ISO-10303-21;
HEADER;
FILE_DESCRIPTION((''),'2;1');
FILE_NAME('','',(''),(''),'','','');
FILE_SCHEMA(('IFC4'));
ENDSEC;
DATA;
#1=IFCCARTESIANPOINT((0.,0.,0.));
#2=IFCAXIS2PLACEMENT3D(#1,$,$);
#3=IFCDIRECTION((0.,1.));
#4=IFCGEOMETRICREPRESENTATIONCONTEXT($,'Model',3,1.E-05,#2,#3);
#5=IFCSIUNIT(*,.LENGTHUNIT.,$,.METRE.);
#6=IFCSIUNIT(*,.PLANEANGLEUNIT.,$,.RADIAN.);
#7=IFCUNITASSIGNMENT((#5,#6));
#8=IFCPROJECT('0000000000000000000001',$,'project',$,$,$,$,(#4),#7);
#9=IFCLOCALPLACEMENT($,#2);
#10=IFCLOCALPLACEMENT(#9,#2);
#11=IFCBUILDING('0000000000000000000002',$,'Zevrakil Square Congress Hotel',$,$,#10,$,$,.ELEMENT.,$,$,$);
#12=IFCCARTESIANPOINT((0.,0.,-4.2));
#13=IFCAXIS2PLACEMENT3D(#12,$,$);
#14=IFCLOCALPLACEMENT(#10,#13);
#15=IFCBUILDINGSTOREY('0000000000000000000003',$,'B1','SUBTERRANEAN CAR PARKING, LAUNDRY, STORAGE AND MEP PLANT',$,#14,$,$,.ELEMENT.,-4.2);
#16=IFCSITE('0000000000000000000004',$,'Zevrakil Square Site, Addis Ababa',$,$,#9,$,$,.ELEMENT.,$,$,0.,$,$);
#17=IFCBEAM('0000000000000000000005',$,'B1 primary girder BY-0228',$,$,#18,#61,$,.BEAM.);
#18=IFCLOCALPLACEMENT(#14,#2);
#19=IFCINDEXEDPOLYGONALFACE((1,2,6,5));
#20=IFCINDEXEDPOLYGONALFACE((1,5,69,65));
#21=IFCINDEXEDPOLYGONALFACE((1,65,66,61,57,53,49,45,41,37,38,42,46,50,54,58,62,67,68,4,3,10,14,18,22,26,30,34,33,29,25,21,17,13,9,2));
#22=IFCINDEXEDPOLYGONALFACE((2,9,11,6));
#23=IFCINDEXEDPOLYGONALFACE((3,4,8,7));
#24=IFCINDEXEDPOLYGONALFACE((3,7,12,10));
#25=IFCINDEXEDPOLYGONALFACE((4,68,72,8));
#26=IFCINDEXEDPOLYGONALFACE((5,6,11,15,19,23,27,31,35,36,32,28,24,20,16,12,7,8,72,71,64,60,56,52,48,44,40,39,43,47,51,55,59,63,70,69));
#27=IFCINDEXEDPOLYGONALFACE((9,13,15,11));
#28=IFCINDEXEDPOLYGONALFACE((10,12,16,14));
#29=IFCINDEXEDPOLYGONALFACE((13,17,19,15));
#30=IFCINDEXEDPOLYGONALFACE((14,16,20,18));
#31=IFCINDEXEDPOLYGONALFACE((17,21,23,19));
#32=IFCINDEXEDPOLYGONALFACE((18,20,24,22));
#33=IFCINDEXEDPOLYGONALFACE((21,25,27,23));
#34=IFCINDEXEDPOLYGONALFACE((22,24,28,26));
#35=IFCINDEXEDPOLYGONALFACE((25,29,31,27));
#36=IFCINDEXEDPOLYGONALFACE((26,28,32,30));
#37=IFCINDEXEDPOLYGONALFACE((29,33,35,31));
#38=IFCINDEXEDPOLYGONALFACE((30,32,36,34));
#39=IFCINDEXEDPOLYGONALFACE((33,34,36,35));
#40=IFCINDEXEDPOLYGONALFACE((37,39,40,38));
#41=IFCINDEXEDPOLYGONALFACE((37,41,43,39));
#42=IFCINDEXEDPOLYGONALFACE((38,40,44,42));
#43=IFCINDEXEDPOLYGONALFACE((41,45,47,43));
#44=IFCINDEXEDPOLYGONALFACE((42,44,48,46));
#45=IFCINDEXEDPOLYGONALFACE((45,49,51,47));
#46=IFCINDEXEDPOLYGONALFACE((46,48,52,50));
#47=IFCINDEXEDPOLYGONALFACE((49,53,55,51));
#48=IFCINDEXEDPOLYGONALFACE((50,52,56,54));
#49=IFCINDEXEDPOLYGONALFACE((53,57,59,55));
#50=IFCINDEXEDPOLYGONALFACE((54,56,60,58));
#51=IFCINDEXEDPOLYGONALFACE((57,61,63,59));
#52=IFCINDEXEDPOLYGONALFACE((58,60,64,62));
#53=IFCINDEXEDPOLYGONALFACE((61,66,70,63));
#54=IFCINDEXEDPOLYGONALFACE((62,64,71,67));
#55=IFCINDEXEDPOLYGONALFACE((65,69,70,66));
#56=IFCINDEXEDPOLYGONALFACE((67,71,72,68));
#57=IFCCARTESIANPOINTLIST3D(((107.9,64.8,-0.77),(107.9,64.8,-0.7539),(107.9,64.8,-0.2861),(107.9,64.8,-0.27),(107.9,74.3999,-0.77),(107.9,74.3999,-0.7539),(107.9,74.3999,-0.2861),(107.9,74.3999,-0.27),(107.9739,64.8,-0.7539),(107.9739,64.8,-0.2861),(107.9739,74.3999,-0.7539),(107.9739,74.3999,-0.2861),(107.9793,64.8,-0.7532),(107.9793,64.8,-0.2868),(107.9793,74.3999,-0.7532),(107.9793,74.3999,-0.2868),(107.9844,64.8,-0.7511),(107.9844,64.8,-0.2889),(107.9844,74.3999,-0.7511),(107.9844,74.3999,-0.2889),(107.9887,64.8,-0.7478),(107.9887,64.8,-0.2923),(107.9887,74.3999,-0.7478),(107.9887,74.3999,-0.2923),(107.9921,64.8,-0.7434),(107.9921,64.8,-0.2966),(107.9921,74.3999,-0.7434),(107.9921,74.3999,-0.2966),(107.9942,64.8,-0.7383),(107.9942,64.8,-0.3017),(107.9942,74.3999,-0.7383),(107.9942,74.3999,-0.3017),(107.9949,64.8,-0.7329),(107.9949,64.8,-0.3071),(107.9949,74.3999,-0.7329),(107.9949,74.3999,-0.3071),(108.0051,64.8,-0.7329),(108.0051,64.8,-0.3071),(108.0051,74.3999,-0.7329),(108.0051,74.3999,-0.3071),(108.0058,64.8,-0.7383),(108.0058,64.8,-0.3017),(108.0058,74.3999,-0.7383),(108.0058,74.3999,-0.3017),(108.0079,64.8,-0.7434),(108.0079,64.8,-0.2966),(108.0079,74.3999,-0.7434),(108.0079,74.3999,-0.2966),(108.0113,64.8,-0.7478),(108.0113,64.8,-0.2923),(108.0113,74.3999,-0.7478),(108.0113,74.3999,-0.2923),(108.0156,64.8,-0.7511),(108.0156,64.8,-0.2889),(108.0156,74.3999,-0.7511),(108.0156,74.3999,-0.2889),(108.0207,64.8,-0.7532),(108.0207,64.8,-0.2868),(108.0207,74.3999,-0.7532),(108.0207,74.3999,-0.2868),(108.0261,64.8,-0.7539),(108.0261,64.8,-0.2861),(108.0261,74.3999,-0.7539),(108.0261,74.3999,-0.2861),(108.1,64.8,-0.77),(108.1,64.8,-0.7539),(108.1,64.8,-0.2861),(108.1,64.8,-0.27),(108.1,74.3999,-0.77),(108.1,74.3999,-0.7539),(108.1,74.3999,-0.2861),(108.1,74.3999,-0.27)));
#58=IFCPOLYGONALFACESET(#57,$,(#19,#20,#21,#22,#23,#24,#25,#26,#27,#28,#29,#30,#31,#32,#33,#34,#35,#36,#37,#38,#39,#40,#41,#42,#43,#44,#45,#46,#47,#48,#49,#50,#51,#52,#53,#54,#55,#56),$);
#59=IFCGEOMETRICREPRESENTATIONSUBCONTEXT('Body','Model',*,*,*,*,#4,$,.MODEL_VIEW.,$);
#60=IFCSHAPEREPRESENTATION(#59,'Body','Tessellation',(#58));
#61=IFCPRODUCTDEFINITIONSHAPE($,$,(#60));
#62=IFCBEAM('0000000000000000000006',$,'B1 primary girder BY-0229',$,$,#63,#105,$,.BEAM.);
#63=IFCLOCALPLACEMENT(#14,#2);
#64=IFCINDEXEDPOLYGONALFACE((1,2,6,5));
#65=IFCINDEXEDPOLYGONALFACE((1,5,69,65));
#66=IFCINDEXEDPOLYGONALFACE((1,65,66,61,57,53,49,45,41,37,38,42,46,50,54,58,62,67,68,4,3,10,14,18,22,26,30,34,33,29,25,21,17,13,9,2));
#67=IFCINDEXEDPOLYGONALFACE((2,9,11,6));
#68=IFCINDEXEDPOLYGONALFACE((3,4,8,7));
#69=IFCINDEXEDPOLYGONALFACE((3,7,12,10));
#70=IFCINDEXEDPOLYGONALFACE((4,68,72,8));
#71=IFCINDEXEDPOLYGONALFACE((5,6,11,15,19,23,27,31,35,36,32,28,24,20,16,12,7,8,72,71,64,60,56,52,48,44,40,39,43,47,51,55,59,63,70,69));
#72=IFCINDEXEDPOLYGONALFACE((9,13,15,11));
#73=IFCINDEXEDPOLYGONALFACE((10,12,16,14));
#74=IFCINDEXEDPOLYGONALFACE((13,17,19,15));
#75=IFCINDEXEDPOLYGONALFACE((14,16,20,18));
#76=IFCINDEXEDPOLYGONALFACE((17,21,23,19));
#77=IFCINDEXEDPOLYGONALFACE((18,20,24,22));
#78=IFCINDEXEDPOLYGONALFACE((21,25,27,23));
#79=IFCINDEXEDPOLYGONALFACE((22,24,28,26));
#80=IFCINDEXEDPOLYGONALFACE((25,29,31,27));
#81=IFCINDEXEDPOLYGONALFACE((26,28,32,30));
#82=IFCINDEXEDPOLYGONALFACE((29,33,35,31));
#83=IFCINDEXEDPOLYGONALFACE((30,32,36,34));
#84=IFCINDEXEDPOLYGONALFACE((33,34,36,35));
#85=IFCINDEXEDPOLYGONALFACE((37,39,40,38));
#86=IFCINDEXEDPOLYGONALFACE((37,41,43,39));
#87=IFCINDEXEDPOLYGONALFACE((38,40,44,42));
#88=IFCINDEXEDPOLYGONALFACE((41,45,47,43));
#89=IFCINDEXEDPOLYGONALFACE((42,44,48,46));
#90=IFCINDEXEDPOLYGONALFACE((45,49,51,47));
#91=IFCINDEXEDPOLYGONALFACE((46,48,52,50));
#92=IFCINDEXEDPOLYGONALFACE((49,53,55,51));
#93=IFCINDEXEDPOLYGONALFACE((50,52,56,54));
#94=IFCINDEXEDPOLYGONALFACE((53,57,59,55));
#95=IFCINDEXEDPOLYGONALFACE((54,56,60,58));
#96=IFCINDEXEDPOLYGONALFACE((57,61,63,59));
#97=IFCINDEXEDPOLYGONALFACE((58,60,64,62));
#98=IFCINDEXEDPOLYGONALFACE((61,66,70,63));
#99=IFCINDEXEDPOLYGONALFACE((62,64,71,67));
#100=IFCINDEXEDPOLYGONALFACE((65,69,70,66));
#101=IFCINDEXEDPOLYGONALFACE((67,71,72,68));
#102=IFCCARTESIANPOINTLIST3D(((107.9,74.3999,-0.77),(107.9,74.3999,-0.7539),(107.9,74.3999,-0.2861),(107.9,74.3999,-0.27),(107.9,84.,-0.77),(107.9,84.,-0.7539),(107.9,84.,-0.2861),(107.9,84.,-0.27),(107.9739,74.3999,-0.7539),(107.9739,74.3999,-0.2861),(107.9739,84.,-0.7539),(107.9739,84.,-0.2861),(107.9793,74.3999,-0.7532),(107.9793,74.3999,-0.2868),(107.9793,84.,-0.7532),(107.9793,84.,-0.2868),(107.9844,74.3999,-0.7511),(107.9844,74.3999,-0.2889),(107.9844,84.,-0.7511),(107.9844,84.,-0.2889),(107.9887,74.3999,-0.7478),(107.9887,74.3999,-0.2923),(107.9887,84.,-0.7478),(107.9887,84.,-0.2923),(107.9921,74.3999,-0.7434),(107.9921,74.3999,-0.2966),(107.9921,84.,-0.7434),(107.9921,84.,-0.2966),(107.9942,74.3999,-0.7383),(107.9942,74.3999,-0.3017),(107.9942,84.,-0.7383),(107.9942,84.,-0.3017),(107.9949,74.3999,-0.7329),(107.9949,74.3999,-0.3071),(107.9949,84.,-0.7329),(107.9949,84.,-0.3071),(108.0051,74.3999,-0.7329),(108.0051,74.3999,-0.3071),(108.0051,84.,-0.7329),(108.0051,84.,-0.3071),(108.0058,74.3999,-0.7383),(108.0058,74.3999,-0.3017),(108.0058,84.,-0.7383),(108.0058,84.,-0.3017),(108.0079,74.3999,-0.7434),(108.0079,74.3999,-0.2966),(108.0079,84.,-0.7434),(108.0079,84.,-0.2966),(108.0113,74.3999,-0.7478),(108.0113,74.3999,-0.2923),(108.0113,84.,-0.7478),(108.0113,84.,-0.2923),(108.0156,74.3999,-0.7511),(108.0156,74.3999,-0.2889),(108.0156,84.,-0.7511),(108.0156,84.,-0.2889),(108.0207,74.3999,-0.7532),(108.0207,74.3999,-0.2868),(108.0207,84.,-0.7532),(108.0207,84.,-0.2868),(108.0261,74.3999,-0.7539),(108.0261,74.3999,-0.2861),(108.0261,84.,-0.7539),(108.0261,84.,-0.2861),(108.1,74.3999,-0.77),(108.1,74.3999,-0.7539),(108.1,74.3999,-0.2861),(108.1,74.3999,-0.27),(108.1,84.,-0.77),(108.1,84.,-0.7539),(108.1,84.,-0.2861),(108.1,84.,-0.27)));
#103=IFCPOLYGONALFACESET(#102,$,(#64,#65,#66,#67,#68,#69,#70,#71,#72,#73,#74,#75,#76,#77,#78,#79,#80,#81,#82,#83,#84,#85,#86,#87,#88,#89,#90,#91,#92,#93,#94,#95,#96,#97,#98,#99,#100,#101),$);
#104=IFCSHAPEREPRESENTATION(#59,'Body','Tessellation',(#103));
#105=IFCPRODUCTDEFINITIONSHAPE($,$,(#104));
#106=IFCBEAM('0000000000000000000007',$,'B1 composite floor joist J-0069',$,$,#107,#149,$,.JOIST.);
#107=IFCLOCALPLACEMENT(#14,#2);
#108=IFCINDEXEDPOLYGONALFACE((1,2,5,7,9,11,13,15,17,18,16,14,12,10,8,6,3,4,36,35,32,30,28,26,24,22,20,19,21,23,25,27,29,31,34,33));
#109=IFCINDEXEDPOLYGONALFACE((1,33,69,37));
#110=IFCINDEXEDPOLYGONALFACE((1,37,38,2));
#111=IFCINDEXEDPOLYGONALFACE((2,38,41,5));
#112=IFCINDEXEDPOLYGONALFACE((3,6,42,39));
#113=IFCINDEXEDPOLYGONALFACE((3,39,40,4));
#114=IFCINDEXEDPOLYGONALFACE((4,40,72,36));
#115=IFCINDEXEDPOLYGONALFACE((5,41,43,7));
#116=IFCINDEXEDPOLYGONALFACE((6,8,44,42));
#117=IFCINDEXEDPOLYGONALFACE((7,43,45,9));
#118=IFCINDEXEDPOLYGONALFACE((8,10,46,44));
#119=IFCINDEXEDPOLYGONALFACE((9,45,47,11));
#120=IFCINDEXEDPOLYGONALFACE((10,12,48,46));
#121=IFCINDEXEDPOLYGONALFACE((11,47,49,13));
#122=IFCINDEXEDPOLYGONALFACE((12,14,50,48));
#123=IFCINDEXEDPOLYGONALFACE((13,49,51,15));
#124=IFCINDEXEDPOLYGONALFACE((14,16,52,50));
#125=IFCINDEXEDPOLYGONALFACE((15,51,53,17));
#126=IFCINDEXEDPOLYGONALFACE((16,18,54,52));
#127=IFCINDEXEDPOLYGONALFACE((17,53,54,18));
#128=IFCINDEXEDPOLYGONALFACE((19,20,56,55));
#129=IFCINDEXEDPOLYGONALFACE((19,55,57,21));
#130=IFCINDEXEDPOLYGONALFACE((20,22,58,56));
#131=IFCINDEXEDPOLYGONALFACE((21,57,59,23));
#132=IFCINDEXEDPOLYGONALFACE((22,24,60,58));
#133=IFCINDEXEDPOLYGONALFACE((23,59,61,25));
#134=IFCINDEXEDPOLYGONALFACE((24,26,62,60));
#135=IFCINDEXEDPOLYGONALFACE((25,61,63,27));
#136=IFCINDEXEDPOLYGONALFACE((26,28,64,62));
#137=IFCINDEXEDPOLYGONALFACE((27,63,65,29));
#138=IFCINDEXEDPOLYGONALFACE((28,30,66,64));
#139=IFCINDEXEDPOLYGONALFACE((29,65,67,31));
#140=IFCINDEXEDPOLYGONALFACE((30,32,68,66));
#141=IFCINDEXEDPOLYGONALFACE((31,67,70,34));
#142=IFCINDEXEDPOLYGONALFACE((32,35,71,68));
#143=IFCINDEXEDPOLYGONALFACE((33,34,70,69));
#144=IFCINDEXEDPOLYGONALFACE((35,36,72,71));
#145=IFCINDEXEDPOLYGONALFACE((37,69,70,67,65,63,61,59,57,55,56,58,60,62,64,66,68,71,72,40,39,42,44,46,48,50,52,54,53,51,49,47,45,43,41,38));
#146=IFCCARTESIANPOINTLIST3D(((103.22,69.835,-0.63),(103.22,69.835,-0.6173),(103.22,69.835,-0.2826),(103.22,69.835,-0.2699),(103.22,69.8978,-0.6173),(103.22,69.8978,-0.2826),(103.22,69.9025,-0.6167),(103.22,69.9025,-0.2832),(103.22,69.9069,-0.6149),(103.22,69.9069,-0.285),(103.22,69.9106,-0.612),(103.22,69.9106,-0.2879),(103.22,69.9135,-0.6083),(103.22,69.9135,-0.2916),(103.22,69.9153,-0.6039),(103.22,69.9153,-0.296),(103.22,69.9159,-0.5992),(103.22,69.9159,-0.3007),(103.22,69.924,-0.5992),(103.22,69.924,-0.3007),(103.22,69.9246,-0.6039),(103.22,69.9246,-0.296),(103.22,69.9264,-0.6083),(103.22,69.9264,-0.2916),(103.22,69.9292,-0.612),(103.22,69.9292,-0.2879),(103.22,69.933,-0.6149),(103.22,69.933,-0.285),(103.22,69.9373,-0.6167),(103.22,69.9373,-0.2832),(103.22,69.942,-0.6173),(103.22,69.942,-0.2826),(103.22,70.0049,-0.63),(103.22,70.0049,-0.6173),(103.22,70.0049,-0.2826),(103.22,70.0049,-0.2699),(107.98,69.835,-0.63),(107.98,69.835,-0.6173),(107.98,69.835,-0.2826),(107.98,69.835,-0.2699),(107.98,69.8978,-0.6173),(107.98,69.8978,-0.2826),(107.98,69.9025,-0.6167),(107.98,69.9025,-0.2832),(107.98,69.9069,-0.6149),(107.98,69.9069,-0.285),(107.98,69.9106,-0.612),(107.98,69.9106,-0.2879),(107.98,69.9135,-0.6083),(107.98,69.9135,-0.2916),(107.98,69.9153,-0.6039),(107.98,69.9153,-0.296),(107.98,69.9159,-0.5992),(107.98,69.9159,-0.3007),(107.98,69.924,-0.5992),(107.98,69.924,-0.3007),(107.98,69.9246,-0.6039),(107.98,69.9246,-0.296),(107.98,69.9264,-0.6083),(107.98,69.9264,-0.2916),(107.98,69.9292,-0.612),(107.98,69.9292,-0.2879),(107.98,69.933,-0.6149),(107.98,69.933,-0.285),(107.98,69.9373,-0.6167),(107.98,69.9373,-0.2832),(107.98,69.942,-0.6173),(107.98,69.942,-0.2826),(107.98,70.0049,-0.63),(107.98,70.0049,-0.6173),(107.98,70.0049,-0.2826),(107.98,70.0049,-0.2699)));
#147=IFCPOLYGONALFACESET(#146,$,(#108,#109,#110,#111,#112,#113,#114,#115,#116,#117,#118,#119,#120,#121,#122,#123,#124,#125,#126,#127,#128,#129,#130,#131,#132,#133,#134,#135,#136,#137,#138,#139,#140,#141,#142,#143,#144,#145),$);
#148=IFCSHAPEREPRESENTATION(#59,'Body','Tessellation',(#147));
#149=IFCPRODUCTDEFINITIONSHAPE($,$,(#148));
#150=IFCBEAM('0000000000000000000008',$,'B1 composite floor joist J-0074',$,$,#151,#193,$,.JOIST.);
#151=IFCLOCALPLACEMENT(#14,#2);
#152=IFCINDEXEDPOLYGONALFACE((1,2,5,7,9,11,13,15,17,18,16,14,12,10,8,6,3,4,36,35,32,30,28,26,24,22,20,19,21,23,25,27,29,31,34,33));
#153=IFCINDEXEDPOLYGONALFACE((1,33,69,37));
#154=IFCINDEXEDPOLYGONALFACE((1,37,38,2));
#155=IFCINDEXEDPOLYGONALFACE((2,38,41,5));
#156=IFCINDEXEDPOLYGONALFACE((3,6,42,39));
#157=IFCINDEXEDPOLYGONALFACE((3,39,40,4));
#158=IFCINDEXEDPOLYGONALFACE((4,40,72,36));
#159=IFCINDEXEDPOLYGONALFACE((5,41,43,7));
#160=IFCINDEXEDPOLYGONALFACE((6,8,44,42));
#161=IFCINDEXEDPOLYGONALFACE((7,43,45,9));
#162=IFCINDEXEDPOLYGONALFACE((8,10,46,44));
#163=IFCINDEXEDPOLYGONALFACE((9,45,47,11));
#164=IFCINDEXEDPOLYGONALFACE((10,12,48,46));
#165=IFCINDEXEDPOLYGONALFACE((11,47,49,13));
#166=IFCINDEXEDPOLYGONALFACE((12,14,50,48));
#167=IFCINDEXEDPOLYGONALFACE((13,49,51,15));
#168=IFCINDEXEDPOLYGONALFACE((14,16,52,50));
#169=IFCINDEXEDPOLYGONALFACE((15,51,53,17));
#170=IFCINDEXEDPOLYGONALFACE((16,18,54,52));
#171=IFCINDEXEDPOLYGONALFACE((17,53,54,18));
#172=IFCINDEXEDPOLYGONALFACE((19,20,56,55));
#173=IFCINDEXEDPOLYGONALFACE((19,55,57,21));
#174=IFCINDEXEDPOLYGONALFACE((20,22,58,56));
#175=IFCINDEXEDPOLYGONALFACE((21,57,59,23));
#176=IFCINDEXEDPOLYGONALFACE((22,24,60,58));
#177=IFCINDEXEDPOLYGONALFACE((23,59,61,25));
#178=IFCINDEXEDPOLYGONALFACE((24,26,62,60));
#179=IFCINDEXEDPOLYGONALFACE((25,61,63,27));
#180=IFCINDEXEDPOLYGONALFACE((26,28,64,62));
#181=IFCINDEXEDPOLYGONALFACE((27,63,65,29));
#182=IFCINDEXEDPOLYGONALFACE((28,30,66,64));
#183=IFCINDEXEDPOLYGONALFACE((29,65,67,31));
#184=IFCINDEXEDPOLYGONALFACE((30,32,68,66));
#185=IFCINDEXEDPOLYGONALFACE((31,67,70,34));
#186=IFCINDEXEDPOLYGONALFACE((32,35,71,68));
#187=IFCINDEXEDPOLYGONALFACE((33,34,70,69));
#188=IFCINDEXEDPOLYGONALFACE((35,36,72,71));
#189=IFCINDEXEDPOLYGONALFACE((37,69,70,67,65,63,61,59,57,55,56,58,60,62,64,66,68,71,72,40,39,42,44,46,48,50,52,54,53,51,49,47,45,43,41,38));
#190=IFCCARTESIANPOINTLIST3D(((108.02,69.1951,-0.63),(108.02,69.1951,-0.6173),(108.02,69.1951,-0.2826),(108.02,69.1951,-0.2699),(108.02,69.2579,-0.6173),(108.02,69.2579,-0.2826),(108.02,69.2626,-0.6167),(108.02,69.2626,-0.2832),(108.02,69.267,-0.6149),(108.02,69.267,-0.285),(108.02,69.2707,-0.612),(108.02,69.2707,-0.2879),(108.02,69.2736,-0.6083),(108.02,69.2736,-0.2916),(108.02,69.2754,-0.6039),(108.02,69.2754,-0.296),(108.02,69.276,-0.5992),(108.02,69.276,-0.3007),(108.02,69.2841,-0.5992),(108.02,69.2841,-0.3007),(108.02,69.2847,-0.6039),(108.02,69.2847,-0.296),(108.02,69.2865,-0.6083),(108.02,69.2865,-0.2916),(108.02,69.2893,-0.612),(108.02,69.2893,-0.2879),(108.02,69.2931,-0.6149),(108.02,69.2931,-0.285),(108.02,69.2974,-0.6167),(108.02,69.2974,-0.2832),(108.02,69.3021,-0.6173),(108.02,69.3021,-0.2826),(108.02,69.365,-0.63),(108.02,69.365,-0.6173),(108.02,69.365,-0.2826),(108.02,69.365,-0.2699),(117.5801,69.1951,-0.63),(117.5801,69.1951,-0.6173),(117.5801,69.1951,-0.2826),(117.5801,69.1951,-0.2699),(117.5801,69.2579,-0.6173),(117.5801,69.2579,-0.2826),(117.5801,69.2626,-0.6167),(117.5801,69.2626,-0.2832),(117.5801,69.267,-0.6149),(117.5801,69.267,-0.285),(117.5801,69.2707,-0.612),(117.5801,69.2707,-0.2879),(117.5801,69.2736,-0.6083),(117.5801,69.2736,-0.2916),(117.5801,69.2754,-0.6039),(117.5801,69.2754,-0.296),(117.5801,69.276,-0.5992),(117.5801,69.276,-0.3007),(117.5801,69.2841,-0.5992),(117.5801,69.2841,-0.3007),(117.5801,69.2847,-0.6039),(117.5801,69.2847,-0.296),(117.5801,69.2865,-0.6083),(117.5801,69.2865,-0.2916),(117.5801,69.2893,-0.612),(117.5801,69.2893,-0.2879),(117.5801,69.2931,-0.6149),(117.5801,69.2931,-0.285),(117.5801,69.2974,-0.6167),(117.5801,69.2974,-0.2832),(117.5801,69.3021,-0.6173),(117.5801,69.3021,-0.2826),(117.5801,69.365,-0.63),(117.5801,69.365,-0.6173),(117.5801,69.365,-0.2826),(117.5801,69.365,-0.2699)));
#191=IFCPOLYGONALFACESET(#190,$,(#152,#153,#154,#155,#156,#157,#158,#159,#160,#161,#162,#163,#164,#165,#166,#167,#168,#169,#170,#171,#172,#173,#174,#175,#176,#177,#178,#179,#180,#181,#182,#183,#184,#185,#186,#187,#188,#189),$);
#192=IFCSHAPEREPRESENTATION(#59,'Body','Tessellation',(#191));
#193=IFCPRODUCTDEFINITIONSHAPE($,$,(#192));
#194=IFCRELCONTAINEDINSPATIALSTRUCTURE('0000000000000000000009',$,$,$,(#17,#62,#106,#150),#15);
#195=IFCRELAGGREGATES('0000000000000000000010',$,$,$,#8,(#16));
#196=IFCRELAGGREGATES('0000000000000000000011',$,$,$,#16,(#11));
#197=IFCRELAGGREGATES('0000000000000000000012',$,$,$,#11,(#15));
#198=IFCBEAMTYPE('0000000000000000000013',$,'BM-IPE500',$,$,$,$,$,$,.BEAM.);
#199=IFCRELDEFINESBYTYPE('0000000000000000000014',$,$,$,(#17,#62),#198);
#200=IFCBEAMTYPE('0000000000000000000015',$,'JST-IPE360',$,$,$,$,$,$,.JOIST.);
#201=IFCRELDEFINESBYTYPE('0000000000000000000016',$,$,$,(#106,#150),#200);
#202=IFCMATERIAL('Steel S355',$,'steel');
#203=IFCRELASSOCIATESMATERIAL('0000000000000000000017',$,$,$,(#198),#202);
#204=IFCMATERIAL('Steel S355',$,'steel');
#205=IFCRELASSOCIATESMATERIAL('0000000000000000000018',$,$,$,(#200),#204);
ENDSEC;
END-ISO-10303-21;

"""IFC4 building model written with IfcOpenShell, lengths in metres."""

from ifc_helpers import new_model, si_unit, direction, frame, origin, origin_2d, place, context, subcontext, project, spatial, i_section, extrude, material, material_profile, profile_set, type_object, element, save


model = new_model("IFC4")

# Units and contexts
model_context = context("Model", 3, precision=1e-05, world=origin(), true_north=direction((0.0, 1.0)))
body_context = subcontext(model_context, "Body", "Model", "MODEL_VIEW")
ifc_project = project(units=[si_unit("LENGTHUNIT", "METRE"), si_unit("PLANEANGLEUNIT", "RADIAN")], contexts=[model_context])

# Site, building, storey
site_placement = place(None, origin())
site = spatial("IfcSite", under=ifc_project, at=site_placement, Name="Zevrakil Square Site, Addis Ababa", CompositionType="ELEMENT", RefElevation=0.0)
building_placement = place(site_placement, origin())
building = spatial("IfcBuilding", under=site, at=building_placement, Name="Zevrakil Square Congress Hotel", CompositionType="ELEMENT")
storey_placement = place(building_placement, frame((0.0, 0.0, -4.2)))
storey = spatial("IfcBuildingStorey", under=building, at=storey_placement, Name="B1", Description="SUBTERRANEAN CAR PARKING, LAUNDRY, STORAGE AND MEP PLANT", CompositionType="ELEMENT", Elevation=-4.2)

# Beams
ifc_material_1 = material(Name="Steel S355", Category="steel")
ifc_material_profile_1 = material_profile(ifc_material_1, i_section(OverallWidth=0.2, OverallDepth=0.5, WebThickness=0.0103, FlangeThickness=0.0161, FilletRadius=0.021, at=origin_2d()), Name="IPE 500")
ifc_profile_set_1 = profile_set([ifc_material_profile_1], Name="Steel S355")
beam_type_1 = type_object("IfcBeamType", Name="BM-IPE500", PredefinedType="BEAM", material=ifc_profile_set_1)
beam_1_placement = place(storey_placement, frame((108.0, 64.8, -0.52), z_axis=(0.0, 1.0, 0.0), x_axis=(-1.0, 0.0, 0.0)))
element("IfcBeam", 1, at=beam_1_placement, inside=storey, type_object=beam_type_1, Name="B1 primary girder BY-0228", PredefinedType="BEAM", context=body_context, shape_type="SweptSolid", body=[
    extrude(i_section(OverallWidth=0.2, OverallDepth=0.5, WebThickness=0.0103, FlangeThickness=0.0161, FilletRadius=0.021, at=origin_2d()), origin(), (0.0, 0.0, 1.0), 9.5999),
])
beam_2_placement = place(storey_placement, frame((108.0, 74.3999, -0.52), z_axis=(0.0, 1.0, 0.0), x_axis=(-1.0, 0.0, 0.0)))
element("IfcBeam", 2, at=beam_2_placement, inside=storey, type_object=beam_type_1, Name="B1 primary girder BY-0229", PredefinedType="BEAM", context=body_context, shape_type="SweptSolid", body=[
    extrude(i_section(OverallWidth=0.2, OverallDepth=0.5, WebThickness=0.0103, FlangeThickness=0.0161, FilletRadius=0.021, at=origin_2d()), origin(), (0.0, 0.0, 1.0), 9.6001),
])
ifc_material_2 = material(Name="Steel S355", Category="steel")
ifc_material_profile_2 = material_profile(ifc_material_2, i_section(OverallWidth=0.1699, OverallDepth=0.3601, WebThickness=0.0081, FlangeThickness=0.0127, FilletRadius=0.0181, at=origin_2d()), Name="IPE 360")
ifc_profile_set_2 = profile_set([ifc_material_profile_2], Name="Steel S355")
beam_type_2 = type_object("IfcBeamType", Name="JST-IPE360", PredefinedType="JOIST", material=ifc_profile_set_2)
beam_3_placement = place(storey_placement, frame((103.22, 69.9199, -0.45), z_axis=(1.0, 0.0, 0.0), x_axis=(0.0, 1.0, 0.0)))
element("IfcBeam", 3, at=beam_3_placement, inside=storey, type_object=beam_type_2, Name="B1 composite floor joist J-0069", PredefinedType="JOIST", context=body_context, shape_type="SweptSolid", body=[
    extrude(i_section(OverallWidth=0.1699, OverallDepth=0.3601, WebThickness=0.0081, FlangeThickness=0.0127, FilletRadius=0.0181, at=origin_2d()), origin(), (0.0, 0.0, 1.0), 4.76),
])
beam_4_placement = place(storey_placement, frame((108.02, 69.28, -0.45), z_axis=(1.0, 0.0, 0.0), x_axis=(0.0, 1.0, 0.0)))
element("IfcBeam", 4, at=beam_4_placement, inside=storey, type_object=beam_type_2, Name="B1 composite floor joist J-0074", PredefinedType="JOIST", context=body_context, shape_type="SweptSolid", body=[
    extrude(i_section(OverallWidth=0.1699, OverallDepth=0.3601, WebThickness=0.0081, FlangeThickness=0.0127, FilletRadius=0.0181, at=origin_2d()), origin(), (0.0, 0.0, 1.0), 9.5601),
])

save(model, "model.ifc")
